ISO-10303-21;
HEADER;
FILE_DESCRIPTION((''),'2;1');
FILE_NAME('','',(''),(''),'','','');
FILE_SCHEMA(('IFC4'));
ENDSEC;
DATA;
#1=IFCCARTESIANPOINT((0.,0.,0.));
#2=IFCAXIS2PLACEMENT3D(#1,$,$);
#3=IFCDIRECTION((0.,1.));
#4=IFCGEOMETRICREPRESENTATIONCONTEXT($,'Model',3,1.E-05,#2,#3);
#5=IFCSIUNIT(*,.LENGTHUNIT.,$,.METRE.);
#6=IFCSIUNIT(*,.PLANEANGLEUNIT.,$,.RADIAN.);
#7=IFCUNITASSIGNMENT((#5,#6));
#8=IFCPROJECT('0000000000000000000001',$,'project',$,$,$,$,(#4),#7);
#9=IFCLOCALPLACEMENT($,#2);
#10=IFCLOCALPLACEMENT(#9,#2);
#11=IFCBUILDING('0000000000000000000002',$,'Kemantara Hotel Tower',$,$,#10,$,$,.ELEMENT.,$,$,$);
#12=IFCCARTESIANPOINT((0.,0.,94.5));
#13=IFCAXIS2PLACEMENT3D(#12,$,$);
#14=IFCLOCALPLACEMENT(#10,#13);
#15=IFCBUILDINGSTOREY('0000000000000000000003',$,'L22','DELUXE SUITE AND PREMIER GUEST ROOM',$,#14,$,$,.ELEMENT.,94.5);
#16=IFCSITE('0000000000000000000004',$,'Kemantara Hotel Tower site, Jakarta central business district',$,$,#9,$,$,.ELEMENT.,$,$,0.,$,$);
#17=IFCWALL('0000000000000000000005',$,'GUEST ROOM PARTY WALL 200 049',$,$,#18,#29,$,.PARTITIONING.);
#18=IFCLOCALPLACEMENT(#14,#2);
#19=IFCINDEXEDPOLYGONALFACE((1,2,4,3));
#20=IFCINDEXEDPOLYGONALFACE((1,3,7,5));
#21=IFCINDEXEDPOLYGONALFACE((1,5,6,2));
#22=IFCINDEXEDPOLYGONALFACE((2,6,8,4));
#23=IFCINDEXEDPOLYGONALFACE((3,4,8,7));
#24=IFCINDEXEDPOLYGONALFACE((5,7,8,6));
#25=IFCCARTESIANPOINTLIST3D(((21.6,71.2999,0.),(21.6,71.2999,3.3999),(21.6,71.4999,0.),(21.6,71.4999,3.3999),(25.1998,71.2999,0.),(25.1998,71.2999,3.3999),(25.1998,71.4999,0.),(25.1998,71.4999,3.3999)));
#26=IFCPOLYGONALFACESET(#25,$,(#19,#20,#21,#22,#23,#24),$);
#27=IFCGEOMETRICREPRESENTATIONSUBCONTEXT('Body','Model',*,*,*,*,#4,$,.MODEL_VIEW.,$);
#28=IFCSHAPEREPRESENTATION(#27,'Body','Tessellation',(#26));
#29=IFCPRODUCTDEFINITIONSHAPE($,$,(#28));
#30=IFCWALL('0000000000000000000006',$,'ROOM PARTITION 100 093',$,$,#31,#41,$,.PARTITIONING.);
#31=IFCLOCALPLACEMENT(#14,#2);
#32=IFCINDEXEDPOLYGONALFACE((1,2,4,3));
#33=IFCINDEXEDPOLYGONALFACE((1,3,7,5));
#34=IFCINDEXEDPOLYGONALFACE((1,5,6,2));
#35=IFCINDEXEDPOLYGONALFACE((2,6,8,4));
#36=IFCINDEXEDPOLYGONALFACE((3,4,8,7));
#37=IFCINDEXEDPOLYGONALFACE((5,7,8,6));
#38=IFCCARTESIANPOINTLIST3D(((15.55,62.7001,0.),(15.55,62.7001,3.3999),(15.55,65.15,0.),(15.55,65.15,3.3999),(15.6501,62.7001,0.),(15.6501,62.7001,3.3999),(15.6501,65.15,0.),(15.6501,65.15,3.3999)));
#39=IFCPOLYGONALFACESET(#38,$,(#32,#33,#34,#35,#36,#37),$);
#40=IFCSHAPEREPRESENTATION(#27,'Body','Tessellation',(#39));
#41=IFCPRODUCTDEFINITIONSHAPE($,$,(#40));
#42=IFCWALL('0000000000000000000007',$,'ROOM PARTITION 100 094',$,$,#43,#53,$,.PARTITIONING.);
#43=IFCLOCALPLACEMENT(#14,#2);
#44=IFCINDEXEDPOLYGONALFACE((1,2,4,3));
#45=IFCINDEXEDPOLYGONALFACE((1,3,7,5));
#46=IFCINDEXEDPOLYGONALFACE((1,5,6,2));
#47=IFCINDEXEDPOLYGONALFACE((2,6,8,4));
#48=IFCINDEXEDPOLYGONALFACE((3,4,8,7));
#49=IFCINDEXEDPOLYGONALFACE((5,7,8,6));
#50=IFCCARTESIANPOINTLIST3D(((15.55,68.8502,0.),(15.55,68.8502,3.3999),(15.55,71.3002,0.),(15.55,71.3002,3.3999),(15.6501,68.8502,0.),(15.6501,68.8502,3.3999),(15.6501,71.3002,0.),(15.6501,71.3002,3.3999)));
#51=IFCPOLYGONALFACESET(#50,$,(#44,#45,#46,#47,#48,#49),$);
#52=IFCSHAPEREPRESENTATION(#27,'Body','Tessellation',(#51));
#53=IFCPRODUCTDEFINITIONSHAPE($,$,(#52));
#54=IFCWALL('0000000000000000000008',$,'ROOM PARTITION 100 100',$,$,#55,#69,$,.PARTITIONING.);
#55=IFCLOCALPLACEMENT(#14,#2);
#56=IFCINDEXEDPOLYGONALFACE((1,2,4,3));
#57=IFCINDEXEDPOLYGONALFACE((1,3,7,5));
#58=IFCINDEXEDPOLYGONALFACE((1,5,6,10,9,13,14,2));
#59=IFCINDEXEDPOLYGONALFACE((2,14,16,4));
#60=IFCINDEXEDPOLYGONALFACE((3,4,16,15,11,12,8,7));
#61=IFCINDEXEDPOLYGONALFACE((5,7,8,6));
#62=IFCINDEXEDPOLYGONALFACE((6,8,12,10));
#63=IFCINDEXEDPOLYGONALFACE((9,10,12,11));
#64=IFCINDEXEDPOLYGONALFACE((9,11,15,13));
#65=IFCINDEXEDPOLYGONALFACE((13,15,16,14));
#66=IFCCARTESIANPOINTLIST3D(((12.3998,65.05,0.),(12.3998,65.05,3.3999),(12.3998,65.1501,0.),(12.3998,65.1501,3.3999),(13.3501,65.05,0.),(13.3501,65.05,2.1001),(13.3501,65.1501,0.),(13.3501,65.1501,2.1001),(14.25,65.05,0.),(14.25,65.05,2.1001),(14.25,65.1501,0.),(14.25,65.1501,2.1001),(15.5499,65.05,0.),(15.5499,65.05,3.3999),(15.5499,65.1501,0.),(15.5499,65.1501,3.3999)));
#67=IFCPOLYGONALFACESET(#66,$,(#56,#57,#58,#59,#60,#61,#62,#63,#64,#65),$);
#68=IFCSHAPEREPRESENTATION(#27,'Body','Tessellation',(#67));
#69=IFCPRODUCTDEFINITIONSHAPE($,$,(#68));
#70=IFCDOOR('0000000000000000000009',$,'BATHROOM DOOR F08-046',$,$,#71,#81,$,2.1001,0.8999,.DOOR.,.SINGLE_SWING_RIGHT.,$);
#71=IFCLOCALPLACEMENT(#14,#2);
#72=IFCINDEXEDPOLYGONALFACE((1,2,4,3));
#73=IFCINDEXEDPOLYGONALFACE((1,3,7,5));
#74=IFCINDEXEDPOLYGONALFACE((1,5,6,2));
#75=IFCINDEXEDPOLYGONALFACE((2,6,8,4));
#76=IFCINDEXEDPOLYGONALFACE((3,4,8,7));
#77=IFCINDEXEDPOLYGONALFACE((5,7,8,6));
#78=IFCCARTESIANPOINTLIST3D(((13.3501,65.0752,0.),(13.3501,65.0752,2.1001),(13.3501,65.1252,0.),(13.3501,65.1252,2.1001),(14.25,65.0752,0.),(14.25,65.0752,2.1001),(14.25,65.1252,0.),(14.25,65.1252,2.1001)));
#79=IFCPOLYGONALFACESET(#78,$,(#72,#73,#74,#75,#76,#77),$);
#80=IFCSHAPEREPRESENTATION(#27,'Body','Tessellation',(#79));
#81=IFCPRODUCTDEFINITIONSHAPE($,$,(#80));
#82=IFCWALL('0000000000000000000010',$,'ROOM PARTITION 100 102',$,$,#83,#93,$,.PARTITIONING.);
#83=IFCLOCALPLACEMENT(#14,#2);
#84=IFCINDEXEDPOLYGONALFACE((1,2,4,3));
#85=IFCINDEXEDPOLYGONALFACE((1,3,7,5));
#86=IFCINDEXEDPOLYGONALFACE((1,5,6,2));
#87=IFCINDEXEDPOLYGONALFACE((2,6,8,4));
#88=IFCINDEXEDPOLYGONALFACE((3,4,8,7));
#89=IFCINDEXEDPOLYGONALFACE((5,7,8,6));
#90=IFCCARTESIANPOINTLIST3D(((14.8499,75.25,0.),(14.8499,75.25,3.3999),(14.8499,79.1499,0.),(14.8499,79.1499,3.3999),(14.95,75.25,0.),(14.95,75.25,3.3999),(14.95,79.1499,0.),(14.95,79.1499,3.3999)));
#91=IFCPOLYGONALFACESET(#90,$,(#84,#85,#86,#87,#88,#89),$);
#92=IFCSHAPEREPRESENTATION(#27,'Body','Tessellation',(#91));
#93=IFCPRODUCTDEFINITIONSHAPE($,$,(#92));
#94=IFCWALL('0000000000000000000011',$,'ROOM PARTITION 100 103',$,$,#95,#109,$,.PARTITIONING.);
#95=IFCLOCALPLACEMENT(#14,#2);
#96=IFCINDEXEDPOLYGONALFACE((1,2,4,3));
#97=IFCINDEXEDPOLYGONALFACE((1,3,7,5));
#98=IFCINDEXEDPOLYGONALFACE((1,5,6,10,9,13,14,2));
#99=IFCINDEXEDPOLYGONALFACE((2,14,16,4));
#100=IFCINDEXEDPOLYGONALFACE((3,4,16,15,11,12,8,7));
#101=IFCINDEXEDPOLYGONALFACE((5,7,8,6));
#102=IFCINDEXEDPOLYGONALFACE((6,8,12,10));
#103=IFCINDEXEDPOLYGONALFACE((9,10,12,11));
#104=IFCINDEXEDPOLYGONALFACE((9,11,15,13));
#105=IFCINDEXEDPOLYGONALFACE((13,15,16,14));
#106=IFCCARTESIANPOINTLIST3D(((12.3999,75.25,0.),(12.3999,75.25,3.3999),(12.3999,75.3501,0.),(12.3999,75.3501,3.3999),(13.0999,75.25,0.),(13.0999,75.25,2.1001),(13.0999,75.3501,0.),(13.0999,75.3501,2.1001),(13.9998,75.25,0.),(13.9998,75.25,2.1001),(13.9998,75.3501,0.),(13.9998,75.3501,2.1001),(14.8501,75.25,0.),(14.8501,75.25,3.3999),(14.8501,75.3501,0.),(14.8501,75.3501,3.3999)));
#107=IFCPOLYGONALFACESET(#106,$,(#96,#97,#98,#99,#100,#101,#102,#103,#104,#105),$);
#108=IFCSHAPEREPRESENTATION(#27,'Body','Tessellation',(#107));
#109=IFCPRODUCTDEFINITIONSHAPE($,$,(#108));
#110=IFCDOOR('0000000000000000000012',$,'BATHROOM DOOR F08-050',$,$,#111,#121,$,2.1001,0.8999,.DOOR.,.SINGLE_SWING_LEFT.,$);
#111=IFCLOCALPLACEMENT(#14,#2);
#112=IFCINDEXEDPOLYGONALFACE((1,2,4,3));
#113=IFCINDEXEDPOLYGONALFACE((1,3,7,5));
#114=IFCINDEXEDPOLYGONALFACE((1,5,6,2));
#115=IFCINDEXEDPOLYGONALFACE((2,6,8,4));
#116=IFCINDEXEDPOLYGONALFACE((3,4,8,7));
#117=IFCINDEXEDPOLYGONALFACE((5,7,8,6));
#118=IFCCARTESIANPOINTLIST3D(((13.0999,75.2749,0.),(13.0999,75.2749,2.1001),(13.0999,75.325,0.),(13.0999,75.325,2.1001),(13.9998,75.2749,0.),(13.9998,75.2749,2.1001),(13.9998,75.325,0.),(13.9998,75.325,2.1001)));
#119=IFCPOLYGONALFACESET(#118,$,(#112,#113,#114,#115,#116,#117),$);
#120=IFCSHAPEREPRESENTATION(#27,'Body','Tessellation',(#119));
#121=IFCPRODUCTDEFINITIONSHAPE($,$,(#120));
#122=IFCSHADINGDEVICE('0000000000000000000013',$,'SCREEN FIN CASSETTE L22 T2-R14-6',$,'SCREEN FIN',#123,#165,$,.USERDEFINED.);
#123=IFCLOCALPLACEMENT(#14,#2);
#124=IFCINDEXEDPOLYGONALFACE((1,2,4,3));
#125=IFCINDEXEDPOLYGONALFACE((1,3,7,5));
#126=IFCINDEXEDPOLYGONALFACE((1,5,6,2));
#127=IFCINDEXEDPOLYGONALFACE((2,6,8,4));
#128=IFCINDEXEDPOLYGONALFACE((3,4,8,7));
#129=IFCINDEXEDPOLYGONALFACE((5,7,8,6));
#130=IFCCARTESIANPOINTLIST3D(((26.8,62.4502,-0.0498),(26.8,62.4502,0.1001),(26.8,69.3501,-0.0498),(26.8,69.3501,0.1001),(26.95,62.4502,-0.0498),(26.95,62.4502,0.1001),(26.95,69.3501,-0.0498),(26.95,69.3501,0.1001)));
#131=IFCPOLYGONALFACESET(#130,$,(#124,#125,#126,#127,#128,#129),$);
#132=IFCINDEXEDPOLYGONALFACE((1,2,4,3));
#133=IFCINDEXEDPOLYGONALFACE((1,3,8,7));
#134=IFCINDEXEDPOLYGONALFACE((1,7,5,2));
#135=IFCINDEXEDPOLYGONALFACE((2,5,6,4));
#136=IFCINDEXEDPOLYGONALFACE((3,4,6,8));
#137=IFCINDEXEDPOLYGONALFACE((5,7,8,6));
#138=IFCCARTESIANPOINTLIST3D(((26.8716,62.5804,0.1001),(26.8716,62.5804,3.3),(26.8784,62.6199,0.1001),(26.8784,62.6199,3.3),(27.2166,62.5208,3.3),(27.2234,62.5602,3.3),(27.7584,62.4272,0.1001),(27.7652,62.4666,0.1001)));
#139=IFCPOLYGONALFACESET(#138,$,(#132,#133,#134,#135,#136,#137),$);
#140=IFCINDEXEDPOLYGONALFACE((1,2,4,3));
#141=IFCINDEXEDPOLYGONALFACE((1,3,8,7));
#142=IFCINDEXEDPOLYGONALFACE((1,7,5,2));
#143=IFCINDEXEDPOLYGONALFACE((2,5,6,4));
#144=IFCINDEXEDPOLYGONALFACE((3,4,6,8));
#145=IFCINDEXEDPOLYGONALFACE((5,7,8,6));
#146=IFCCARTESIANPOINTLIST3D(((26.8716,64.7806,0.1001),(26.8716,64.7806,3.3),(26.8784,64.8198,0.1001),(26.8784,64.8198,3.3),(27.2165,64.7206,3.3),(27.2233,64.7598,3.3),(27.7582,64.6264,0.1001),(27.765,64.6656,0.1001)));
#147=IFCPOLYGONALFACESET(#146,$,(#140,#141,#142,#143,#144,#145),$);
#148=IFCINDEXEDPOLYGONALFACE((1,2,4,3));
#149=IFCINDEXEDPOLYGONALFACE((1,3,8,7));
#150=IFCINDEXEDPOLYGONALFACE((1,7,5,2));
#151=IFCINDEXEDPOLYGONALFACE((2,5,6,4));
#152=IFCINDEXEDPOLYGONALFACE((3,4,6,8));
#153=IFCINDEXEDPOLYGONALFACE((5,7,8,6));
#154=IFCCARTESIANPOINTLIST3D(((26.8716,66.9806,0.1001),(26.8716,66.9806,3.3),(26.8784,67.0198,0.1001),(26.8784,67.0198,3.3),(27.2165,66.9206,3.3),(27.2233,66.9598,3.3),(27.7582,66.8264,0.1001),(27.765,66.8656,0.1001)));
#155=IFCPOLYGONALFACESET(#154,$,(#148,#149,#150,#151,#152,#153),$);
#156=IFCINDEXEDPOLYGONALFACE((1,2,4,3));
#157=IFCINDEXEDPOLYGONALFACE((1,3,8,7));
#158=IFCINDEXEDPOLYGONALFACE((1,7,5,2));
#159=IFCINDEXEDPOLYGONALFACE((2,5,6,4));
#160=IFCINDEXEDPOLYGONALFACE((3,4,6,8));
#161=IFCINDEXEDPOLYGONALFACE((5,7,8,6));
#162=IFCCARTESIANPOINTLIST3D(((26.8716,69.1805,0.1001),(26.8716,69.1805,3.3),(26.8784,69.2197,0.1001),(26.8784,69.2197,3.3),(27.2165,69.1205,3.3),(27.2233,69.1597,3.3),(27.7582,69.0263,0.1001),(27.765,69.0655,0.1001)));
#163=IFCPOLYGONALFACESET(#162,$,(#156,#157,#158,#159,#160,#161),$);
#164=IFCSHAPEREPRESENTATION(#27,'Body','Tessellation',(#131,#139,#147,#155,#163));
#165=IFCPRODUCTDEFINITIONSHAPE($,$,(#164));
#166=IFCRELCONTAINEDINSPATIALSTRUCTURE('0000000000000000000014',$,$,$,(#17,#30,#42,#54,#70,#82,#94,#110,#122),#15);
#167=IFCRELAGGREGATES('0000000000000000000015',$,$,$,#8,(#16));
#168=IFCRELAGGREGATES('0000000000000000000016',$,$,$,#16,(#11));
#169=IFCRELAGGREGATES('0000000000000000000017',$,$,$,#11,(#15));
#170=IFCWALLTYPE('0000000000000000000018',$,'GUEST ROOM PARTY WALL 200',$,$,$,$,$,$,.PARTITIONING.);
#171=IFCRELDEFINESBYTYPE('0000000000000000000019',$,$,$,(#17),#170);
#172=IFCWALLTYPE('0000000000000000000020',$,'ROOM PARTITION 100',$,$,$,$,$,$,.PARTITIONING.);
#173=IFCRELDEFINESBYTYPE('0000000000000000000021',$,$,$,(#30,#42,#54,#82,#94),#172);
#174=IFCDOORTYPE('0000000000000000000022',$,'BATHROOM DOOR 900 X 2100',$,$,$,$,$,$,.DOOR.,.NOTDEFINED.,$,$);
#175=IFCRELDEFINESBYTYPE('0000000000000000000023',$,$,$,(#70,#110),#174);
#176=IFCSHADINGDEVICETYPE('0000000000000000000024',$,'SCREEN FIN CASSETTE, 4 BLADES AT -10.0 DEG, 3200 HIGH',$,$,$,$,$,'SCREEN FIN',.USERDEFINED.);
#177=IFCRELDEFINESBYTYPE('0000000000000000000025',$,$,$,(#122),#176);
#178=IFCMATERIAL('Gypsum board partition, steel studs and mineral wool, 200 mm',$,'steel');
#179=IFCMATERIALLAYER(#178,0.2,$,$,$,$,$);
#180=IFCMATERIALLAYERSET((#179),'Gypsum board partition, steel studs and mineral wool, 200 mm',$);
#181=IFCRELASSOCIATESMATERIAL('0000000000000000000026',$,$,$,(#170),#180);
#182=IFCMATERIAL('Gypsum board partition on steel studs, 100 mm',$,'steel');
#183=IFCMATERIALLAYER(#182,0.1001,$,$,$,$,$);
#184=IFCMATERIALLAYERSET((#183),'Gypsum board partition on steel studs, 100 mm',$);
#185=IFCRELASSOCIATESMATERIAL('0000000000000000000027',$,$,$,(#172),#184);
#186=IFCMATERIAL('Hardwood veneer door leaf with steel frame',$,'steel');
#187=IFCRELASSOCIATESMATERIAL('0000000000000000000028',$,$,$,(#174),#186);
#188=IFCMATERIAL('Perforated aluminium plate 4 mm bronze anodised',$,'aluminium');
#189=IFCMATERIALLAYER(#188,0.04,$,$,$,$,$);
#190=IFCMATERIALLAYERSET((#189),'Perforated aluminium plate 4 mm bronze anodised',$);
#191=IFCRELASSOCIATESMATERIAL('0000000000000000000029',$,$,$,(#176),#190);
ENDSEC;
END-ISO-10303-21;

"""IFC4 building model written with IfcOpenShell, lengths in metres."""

from ifc_helpers import new_model, si_unit, direction, frame, frame_2d, origin, origin_2d, place, context, subcontext, project, spatial, polyline, rectangle, outline, extrude, source, transform, mapped, material, layer, layer_set, type_object, element, fill, save


model = new_model("IFC4")

# Units and contexts
model_context = context("Model", 3, precision=1e-05, world=origin(), true_north=direction((0.0, 1.0)))
body_context = subcontext(model_context, "Body", "Model", "MODEL_VIEW")
ifc_project = project(units=[si_unit("LENGTHUNIT", "METRE"), si_unit("PLANEANGLEUNIT", "RADIAN")], contexts=[model_context])

# Site, building, storey
site_placement = place(None, origin())
site = spatial("IfcSite", under=ifc_project, at=site_placement, Name="Kemantara Hotel Tower site, Jakarta central business district", CompositionType="ELEMENT", RefElevation=0.0)
building_placement = place(site_placement, origin())
building = spatial("IfcBuilding", under=site, at=building_placement, Name="Kemantara Hotel Tower", CompositionType="ELEMENT")
storey_placement = place(building_placement, frame((0.0, 0.0, 94.5)))
storey = spatial("IfcBuildingStorey", under=building, at=storey_placement, Name="L22", Description="DELUXE SUITE AND PREMIER GUEST ROOM", CompositionType="ELEMENT", Elevation=94.5)

# Walls
ifc_material_1 = material(Name="Gypsum board partition, steel studs and mineral wool, 200 mm", Category="steel")
ifc_layer_1 = layer(ifc_material_1, 0.2)
ifc_layer_set_1 = layer_set([ifc_layer_1], Name="Gypsum board partition, steel studs and mineral wool, 200 mm")
wall_type_1 = type_object("IfcWallType", Name="GUEST ROOM PARTY WALL 200", PredefinedType="PARTITIONING", material=ifc_layer_set_1)
wall_1_placement = place(storey_placement, frame((21.6001, 71.3999, 0.0), z_axis=(0.0, 0.0, 1.0), x_axis=(1.0, 0.0, 0.0)))
element("IfcWall", 1, at=wall_1_placement, inside=storey, type_object=wall_type_1, Name="GUEST ROOM PARTY WALL 200 049", PredefinedType="PARTITIONING", context=body_context, shape_type="SweptSolid", body=[
    extrude(rectangle(XDim=3.5999, YDim=0.2, at=frame_2d((1.7998, 0.0))), origin(), (0.0, 0.0, 1.0), 3.3999),
])
ifc_material_2 = material(Name="Gypsum board partition on steel studs, 100 mm", Category="steel")
ifc_layer_2 = layer(ifc_material_2, 0.1001)
ifc_layer_set_2 = layer_set([ifc_layer_2], Name="Gypsum board partition on steel studs, 100 mm")
wall_type_2 = type_object("IfcWallType", Name="ROOM PARTITION 100", PredefinedType="PARTITIONING", material=ifc_layer_set_2)
for number, where, z_axis, x_axis, name in (
    (2, (15.6001, 62.7, 0.0), (0.0, 0.0, 1.0), (0.0, 1.0, 0.0), "ROOM PARTITION 100 093"),
    (3, (15.6001, 68.8501, 0.0), (0.0, 0.0, 1.0), (0.0, 1.0, 0.0), "ROOM PARTITION 100 094"),
):
    element("IfcWall", number, at=place(storey_placement, frame(where, z_axis=z_axis, x_axis=x_axis)), inside=storey, type_object=wall_type_2, Name=name, PredefinedType="PARTITIONING", context=body_context, shape_type="SweptSolid", body=[
        extrude(rectangle(XDim=2.45, YDim=0.1001, at=frame_2d((1.2251, 0.0))), origin(), (0.0, 0.0, 1.0), 3.3999),
    ])

# Wall, opening, door
wall_2_placement = place(storey_placement, frame((15.55, 65.1001, 0.0), z_axis=(0.0, 0.0, 1.0), x_axis=(-1.0, 0.0, 0.0)))
wall_2 = element("IfcWall", 4, at=wall_2_placement, inside=storey, type_object=wall_type_2, Name="ROOM PARTITION 100 100", PredefinedType="PARTITIONING", context=body_context, shape_type="SweptSolid", body=[
    extrude(rectangle(XDim=3.1501, YDim=0.1001, at=frame_2d((1.5752, 0.0))), origin(), (0.0, 0.0, 1.0), 3.3999),
])
opening_1_placement = place(wall_2_placement, frame((1.3, 0.0, 0.0)))
opening_1 = element("IfcOpeningElement", 5, at=opening_1_placement, cuts=wall_2, PredefinedType="OPENING", context=body_context, shape_type="SweptSolid", body=[
    extrude(rectangle(XDim=0.8999, YDim=2.1001, at=frame_2d((0.45, 1.05))), frame((0.0, 0.0601, 0.0), z_axis=(0.0, -1.0, 0.0), x_axis=(1.0, 0.0, 0.0)), (0.0, 0.0, 1.0), 0.1201),
])
ifc_material_3 = material(Name="Hardwood veneer door leaf with steel frame", Category="steel")
door_type = type_object("IfcDoorType", Name="BATHROOM DOOR 900 X 2100", OperationType="NOTDEFINED", PredefinedType="DOOR", material=ifc_material_3)
door_1_placement = place(opening_1_placement, origin())
door_1 = element("IfcDoor", 6, at=door_1_placement, inside=storey, type_object=door_type, Name="BATHROOM DOOR F08-046", OperationType="SINGLE_SWING_RIGHT", OverallHeight=2.1001, OverallWidth=0.8999, PredefinedType="DOOR", context=body_context, shape_type="SweptSolid", body=[
    extrude(rectangle(XDim=0.8999, YDim=2.1001, at=frame_2d((0.45, 1.05))), frame((0.0, 0.0249, 0.0), z_axis=(0.0, -1.0, 0.0), x_axis=(1.0, 0.0, 0.0)), (0.0, 0.0, 1.0), 0.05),
])
fill(opening_1, door_1)

# Wall
wall_3_placement = place(storey_placement, frame((14.8999, 75.25, 0.0), z_axis=(0.0, 0.0, 1.0), x_axis=(0.0, 1.0, 0.0)))
element("IfcWall", 7, at=wall_3_placement, inside=storey, type_object=wall_type_2, Name="ROOM PARTITION 100 102", PredefinedType="PARTITIONING", context=body_context, shape_type="SweptSolid", body=[
    extrude(rectangle(XDim=3.8999, YDim=0.1001, at=frame_2d((1.95, 0.0))), origin(), (0.0, 0.0, 1.0), 3.3999),
])

# Wall, opening, door
wall_4_placement = place(storey_placement, frame((12.3999, 75.3, 0.0), z_axis=(0.0, 0.0, 1.0), x_axis=(1.0, 0.0, 0.0)))
wall_4 = element("IfcWall", 8, at=wall_4_placement, inside=storey, type_object=wall_type_2, Name="ROOM PARTITION 100 103", PredefinedType="PARTITIONING", context=body_context, shape_type="SweptSolid", body=[
    extrude(rectangle(XDim=2.4502, YDim=0.1001, at=frame_2d((1.2251, 0.0))), origin(), (0.0, 0.0, 1.0), 3.3999),
])
opening_2_placement = place(wall_4_placement, frame((0.7, 0.0, 0.0)))
opening_2 = element("IfcOpeningElement", 9, at=opening_2_placement, cuts=wall_4, PredefinedType="OPENING", context=body_context, shape_type="SweptSolid", body=[
    extrude(rectangle(XDim=0.8999, YDim=2.1001, at=frame_2d((0.45, 1.05))), frame((0.0, 0.0601, 0.0), z_axis=(0.0, -1.0, 0.0), x_axis=(1.0, 0.0, 0.0)), (0.0, 0.0, 1.0), 0.1201),
])
door_2_placement = place(opening_2_placement, origin())
door_2 = element("IfcDoor", 10, at=door_2_placement, inside=storey, type_object=door_type, Name="BATHROOM DOOR F08-050", OperationType="SINGLE_SWING_LEFT", OverallHeight=2.1001, OverallWidth=0.8999, PredefinedType="DOOR", context=body_context, shape_type="SweptSolid", body=[
    extrude(rectangle(XDim=0.8999, YDim=2.1001, at=frame_2d((0.45, 1.05))), frame((0.0, 0.0249, 0.0), z_axis=(0.0, -1.0, 0.0), x_axis=(1.0, 0.0, 0.0)), (0.0, 0.0, 1.0), 0.05),
])
fill(opening_2, door_2)

# Shading device
ifc_material_4 = material(Name="Perforated aluminium plate 4 mm bronze anodised", Category="aluminium")
ifc_layer_3 = layer(ifc_material_4, 0.04)
ifc_layer_set_3 = layer_set([ifc_layer_3], Name="Perforated aluminium plate 4 mm bronze anodised")
shading_device_type_1 = type_object("IfcShadingDeviceType", Name="SCREEN FIN CASSETTE, 4 BLADES AT -10.0 DEG, 3200 HIGH", ElementType="SCREEN FIN", PredefinedType="USERDEFINED", material=ifc_layer_set_3)
shared_shape_1 = source(origin(), body_context, "Body", "SweptSolid", [
    extrude(rectangle(XDim=6.8999, YDim=0.1499, at=origin_2d()), frame((3.3, -0.075, -0.1499), z_axis=(0.0, 0.0, 1.0), x_axis=(1.0, 0.0, 0.0)), (0.0, 0.0, 1.0), 0.1499),
    extrude(outline(polyline([(0.0, 0.0), (0.8999, 0.0), (0.3501, 3.2), (0.0, 3.2), (0.0, 0.0)])), frame((0.0198, -0.0784, 0.0), z_axis=(-0.98539, 0.170314, 0.0), x_axis=(-0.170314, -0.98539, 0.0)), (0.0, 0.0, 1.0), 0.04),
    extrude(outline(polyline([(0.0, 0.0), (0.8999, 0.0), (0.3501, 3.2), (0.0, 3.2), (0.0, 0.0)])), frame((2.2197, -0.0784, 0.0), z_axis=(-0.985212, 0.171341, 0.0), x_axis=(-0.171341, -0.985212, 0.0)), (0.0, 0.0, 1.0), 0.0398),
    extrude(outline(polyline([(0.0, 0.0), (0.8999, 0.0), (0.3501, 3.2), (0.0, 3.2), (0.0, 0.0)])), frame((4.4197, -0.0784, 0.0), z_axis=(-0.985212, 0.171341, 0.0), x_axis=(-0.171341, -0.985212, 0.0)), (0.0, 0.0, 1.0), 0.0398),
    extrude(outline(polyline([(0.0, 0.0), (0.8999, 0.0), (0.3501, 3.2), (0.0, 3.2), (0.0, 0.0)])), frame((6.6196, -0.0784, 0.0), z_axis=(-0.985212, 0.171341, 0.0), x_axis=(-0.171341, -0.985212, 0.0)), (0.0, 0.0, 1.0), 0.0398),
])
shading_device_1_placement = place(storey_placement, frame((26.8, 62.6001, 0.1001), z_axis=(0.0, 0.0, 1.0), x_axis=(0.0, 1.0, 0.0)))
element("IfcShadingDevice", 11, at=shading_device_1_placement, inside=storey, type_object=shading_device_type_1, Name="SCREEN FIN CASSETTE L22 T2-R14-6", ObjectType="SCREEN FIN", PredefinedType="USERDEFINED", context=body_context, shape_type="MappedRepresentation", body=[
    mapped(shared_shape_1, transform((0.0, 0.0, 0.0))),
])

save(model, "model.ifc")
